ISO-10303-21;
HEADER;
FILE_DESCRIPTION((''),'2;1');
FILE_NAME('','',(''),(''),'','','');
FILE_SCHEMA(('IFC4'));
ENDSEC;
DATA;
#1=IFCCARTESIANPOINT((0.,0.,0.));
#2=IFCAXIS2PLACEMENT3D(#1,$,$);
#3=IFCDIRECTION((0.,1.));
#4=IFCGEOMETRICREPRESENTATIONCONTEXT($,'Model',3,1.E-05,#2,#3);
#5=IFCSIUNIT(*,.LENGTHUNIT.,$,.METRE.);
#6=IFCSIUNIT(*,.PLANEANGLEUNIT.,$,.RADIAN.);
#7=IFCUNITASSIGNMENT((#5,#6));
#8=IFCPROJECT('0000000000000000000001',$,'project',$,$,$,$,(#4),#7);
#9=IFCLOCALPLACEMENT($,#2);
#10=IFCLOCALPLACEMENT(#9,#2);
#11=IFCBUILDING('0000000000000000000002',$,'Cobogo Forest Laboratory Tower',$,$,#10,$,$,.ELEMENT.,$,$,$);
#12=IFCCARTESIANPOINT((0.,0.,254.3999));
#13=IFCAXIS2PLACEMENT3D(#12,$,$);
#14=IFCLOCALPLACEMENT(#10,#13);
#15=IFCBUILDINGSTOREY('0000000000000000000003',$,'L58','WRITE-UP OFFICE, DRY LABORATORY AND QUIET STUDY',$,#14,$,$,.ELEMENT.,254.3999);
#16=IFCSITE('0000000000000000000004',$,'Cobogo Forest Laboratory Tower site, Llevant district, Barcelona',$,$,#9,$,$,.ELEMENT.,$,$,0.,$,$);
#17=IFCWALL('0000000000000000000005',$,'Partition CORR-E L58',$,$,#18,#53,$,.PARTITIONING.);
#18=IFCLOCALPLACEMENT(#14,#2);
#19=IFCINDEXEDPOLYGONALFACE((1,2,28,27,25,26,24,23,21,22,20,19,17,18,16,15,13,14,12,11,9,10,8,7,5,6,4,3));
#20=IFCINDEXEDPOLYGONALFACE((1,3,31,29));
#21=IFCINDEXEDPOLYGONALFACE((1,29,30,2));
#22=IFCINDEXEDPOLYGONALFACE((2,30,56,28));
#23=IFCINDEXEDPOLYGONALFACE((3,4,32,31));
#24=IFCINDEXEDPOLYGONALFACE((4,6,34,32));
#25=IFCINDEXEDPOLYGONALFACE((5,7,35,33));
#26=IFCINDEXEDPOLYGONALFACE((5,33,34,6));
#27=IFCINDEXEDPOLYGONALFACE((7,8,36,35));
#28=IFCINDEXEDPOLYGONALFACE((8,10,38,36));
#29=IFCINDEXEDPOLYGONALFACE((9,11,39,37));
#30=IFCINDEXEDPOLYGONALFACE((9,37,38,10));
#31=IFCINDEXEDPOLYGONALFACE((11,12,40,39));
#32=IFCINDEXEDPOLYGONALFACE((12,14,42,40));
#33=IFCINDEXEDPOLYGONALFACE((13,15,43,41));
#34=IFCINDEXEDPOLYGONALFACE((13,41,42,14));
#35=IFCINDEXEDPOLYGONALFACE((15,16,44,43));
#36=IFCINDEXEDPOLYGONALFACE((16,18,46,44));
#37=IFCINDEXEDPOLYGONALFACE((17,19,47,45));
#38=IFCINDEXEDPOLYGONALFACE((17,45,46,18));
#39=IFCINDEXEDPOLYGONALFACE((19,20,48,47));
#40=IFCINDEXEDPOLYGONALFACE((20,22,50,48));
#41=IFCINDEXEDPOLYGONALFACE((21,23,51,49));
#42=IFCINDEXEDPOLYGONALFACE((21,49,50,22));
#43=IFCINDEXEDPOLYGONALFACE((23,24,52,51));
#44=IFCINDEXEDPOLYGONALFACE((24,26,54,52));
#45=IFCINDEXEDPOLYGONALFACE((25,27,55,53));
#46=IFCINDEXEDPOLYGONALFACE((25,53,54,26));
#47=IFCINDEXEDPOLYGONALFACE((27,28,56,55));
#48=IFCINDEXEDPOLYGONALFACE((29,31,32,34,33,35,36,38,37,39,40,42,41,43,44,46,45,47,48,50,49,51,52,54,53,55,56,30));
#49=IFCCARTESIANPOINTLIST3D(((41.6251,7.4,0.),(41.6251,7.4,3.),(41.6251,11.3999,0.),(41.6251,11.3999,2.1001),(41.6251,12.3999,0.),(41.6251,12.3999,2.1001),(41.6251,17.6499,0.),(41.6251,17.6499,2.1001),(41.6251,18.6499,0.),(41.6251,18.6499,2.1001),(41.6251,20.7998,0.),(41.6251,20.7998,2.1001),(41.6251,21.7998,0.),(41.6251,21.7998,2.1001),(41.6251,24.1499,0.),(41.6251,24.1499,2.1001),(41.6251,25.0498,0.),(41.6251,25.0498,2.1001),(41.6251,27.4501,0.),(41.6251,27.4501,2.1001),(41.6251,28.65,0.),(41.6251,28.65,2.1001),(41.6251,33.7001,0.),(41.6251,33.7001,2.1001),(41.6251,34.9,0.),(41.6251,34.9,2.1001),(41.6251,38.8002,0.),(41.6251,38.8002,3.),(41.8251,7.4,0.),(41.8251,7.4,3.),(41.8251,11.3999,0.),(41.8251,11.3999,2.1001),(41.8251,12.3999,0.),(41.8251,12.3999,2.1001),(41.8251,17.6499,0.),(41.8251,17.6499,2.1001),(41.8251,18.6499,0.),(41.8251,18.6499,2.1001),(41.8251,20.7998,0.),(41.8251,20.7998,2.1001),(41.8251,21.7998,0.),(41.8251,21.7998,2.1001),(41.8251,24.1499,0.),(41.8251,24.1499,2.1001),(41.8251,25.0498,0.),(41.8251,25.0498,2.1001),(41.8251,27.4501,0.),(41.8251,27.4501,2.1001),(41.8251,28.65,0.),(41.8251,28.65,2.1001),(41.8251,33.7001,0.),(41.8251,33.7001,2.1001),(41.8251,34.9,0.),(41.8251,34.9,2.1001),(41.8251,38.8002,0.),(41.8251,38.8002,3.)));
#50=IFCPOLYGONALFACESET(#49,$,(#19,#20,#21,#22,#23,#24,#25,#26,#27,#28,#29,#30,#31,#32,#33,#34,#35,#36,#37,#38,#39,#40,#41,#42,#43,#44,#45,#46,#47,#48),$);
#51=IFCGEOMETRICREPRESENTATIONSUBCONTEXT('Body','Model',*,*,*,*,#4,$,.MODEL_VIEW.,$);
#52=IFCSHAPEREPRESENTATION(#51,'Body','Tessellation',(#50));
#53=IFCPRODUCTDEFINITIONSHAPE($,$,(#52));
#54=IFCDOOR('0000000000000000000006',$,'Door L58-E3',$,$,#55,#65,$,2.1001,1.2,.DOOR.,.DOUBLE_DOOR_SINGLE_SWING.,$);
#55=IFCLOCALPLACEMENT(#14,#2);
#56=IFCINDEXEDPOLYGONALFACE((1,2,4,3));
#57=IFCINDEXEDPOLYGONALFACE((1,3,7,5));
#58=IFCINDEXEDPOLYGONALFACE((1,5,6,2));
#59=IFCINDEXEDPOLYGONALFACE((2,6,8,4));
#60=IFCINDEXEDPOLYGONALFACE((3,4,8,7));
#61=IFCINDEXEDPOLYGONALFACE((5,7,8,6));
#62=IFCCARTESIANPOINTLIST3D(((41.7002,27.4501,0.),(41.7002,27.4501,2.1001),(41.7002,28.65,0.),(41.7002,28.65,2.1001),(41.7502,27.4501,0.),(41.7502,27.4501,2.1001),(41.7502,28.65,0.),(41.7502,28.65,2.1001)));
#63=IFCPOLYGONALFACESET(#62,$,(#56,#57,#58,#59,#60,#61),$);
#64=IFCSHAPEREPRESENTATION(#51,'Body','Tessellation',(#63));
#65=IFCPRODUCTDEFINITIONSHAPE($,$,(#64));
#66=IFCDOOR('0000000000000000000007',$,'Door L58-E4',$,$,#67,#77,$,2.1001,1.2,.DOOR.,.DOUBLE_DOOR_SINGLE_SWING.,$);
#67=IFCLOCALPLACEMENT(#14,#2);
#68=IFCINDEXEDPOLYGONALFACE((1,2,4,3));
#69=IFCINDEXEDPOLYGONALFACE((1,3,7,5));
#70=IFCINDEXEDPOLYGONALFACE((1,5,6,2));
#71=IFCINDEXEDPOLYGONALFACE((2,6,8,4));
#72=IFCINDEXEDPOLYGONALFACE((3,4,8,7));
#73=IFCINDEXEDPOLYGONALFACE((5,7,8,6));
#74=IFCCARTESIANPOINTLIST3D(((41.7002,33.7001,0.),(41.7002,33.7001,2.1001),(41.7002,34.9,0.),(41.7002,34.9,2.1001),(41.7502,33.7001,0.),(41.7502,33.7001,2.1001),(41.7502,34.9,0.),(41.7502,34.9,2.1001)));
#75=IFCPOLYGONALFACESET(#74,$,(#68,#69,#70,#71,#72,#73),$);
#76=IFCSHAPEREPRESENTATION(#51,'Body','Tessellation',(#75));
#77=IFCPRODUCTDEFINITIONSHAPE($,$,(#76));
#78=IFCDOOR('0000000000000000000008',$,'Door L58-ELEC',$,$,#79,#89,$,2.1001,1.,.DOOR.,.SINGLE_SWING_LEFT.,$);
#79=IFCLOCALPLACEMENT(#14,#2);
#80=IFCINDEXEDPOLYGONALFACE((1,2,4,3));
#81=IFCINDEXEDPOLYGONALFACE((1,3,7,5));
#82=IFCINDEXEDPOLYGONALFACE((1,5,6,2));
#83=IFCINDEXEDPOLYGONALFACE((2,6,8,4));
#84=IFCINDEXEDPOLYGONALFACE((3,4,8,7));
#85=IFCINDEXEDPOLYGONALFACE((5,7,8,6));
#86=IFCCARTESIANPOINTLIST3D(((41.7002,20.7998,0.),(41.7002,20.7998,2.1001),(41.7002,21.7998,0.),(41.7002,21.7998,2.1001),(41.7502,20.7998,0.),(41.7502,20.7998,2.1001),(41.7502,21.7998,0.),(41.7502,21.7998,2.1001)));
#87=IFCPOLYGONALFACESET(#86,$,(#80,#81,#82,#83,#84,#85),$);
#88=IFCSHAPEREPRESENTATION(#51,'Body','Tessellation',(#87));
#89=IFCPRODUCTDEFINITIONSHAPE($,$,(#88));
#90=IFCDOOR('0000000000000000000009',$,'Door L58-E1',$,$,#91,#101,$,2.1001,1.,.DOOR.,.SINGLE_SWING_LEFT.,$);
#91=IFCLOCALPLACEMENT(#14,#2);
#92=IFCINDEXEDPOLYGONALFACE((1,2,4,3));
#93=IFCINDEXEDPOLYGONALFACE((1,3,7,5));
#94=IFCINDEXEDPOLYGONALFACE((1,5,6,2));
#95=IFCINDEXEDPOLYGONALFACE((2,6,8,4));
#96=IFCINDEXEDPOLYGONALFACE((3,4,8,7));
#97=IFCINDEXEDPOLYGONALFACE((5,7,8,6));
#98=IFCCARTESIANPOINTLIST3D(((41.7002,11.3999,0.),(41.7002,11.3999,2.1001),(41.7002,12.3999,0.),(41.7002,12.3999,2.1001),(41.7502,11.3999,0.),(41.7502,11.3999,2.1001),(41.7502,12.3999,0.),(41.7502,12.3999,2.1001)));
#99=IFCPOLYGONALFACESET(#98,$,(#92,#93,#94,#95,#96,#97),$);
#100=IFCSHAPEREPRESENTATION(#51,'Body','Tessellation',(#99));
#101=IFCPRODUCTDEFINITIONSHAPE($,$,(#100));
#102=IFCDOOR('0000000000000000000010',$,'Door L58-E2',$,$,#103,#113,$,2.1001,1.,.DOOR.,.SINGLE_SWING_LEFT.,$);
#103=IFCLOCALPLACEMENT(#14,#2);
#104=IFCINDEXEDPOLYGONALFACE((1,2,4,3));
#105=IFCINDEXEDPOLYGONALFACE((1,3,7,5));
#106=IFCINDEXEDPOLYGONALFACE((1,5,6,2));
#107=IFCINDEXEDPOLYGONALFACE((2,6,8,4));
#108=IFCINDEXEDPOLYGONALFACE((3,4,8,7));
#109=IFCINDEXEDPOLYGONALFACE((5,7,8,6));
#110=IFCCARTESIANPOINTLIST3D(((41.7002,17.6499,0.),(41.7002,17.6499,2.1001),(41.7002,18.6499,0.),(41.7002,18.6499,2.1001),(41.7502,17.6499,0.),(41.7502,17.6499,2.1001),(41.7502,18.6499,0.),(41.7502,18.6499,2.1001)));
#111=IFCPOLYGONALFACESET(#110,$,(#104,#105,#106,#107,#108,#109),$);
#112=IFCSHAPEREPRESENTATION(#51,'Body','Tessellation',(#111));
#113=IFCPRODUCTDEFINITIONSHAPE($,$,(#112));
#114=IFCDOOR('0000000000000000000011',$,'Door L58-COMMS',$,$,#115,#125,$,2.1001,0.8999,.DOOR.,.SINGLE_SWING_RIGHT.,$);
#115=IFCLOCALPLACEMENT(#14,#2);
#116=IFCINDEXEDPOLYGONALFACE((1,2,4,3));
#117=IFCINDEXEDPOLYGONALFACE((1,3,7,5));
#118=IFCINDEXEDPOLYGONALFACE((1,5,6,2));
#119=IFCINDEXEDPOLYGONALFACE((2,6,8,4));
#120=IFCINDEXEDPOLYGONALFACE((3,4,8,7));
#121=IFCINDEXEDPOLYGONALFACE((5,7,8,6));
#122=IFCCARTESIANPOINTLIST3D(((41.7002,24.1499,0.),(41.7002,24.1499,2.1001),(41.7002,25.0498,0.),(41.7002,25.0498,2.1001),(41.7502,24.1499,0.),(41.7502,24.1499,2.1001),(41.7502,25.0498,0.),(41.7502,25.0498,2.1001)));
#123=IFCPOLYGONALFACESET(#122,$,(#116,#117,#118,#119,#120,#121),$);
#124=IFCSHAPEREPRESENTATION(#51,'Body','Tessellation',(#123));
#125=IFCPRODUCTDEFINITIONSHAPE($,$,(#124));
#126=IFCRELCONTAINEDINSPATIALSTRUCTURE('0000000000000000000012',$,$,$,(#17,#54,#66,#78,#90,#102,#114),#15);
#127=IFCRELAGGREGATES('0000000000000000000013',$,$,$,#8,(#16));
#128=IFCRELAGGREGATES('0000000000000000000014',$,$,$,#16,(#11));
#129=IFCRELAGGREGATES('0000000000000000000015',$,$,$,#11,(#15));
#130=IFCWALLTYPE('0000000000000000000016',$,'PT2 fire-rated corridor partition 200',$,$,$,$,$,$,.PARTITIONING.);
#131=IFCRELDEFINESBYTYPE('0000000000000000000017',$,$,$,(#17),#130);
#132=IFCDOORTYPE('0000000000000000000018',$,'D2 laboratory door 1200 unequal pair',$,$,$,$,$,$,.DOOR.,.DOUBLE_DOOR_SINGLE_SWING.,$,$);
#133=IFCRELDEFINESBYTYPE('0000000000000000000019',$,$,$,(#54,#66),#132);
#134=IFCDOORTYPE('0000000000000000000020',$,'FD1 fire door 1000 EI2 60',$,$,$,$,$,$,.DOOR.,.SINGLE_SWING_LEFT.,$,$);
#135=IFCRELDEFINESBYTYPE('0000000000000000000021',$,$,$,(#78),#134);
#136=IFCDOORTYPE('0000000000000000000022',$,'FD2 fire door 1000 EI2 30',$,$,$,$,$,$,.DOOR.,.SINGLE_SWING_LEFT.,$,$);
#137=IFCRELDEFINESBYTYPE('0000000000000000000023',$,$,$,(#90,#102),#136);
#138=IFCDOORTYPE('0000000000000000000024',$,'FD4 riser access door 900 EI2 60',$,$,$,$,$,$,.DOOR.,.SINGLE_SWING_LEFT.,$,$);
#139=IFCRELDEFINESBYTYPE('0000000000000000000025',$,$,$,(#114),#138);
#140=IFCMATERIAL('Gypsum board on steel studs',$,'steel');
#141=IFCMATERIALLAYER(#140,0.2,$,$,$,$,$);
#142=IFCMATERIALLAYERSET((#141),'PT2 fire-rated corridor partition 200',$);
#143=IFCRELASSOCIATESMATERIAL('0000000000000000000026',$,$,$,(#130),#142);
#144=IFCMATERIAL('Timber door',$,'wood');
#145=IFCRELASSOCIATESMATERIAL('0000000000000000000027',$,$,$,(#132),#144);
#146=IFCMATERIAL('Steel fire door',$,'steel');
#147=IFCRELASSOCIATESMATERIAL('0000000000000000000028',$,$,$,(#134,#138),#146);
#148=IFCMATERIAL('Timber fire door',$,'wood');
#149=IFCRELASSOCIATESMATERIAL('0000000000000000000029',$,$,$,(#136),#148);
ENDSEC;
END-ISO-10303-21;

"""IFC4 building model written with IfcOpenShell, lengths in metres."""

from ifc_helpers import new_model, si_unit, direction, frame, frame_2d, origin, place, context, subcontext, project, spatial, rectangle, extrude, material, layer, layer_set, type_object, element, fill, save


model = new_model("IFC4")

# Units and contexts
model_context = context("Model", 3, precision=1e-05, world=origin(), true_north=direction((0.0, 1.0)))
body_context = subcontext(model_context, "Body", "Model", "MODEL_VIEW")
ifc_project = project(units=[si_unit("LENGTHUNIT", "METRE"), si_unit("PLANEANGLEUNIT", "RADIAN")], contexts=[model_context])

# Site, building, storey
site_placement = place(None, origin())
site = spatial("IfcSite", under=ifc_project, at=site_placement, Name="Cobogo Forest Laboratory Tower site, Llevant district, Barcelona", CompositionType="ELEMENT", RefElevation=0.0)
building_placement = place(site_placement, origin())
building = spatial("IfcBuilding", under=site, at=building_placement, Name="Cobogo Forest Laboratory Tower", CompositionType="ELEMENT")
storey_placement = place(building_placement, frame((0.0, 0.0, 254.3999)))
storey = spatial("IfcBuildingStorey", under=building, at=storey_placement, Name="L58", Description="WRITE-UP OFFICE, DRY LABORATORY AND QUIET STUDY", CompositionType="ELEMENT", Elevation=254.3999)

# Shared definitions
ifc_material_1 = material(Name="Gypsum board on steel studs", Category="steel")

# Wall, openings, doors
ifc_layer_1 = layer(ifc_material_1, 0.2)
ifc_layer_set_1 = layer_set([ifc_layer_1], Name="PT2 fire-rated corridor partition 200")
wall_type_1 = type_object("IfcWallType", Name="PT2 fire-rated corridor partition 200", PredefinedType="PARTITIONING", material=ifc_layer_set_1)
wall_1_placement = place(storey_placement, frame((41.7251, 7.3999, 0.0), z_axis=(0.0, 0.0, 1.0), x_axis=(0.0, 1.0, 0.0)))
wall_1 = element("IfcWall", 1, at=wall_1_placement, inside=storey, type_object=wall_type_1, Name="Partition CORR-E L58", PredefinedType="PARTITIONING", context=body_context, shape_type="SweptSolid", body=[
    extrude(rectangle(XDim=31.4001, YDim=0.2, at=frame_2d((15.7002, 0.0))), origin(), (0.0, 0.0, 1.0), 3.0),
])
opening_1_placement = place(wall_1_placement, frame((4.0, 0.0, 0.0)))
opening_1 = element("IfcOpeningElement", 2, at=opening_1_placement, cuts=wall_1, PredefinedType="OPENING", context=body_context, shape_type="SweptSolid", body=[
    extrude(rectangle(XDim=1.0, YDim=2.1001, at=frame_2d((0.5, 1.05))), frame((0.0, 0.1099, 0.0), z_axis=(0.0, -1.0, 0.0), x_axis=(1.0, 0.0, 0.0)), (0.0, 0.0, 1.0), 0.22),
])
opening_2_placement = place(wall_1_placement, frame((10.25, 0.0, 0.0)))
opening_2 = element("IfcOpeningElement", 3, at=opening_2_placement, cuts=wall_1, PredefinedType="OPENING", context=body_context, shape_type="SweptSolid", body=[
    extrude(rectangle(XDim=1.0, YDim=2.1001, at=frame_2d((0.5, 1.05))), frame((0.0, 0.1099, 0.0), z_axis=(0.0, -1.0, 0.0), x_axis=(1.0, 0.0, 0.0)), (0.0, 0.0, 1.0), 0.22),
])
opening_3_placement = place(wall_1_placement, frame((13.3999, 0.0, 0.0)))
opening_3 = element("IfcOpeningElement", 4, at=opening_3_placement, cuts=wall_1, PredefinedType="OPENING", context=body_context, shape_type="SweptSolid", body=[
    extrude(rectangle(XDim=1.0, YDim=2.1001, at=frame_2d((0.5, 1.05))), frame((0.0, 0.1099, 0.0), z_axis=(0.0, -1.0, 0.0), x_axis=(1.0, 0.0, 0.0)), (0.0, 0.0, 1.0), 0.22),
])
opening_4_placement = place(wall_1_placement, frame((16.75, 0.0, 0.0)))
opening_4 = element("IfcOpeningElement", 5, at=opening_4_placement, cuts=wall_1, PredefinedType="OPENING", context=body_context, shape_type="SweptSolid", body=[
    extrude(rectangle(XDim=0.8999, YDim=2.1001, at=frame_2d((0.45, 1.05))), frame((0.0, 0.1099, 0.0), z_axis=(0.0, -1.0, 0.0), x_axis=(1.0, 0.0, 0.0)), (0.0, 0.0, 1.0), 0.22),
])
opening_5_placement = place(wall_1_placement, frame((20.05, 0.0, 0.0)))
opening_5 = element("IfcOpeningElement", 6, at=opening_5_placement, cuts=wall_1, PredefinedType="OPENING", context=body_context, shape_type="SweptSolid", body=[
    extrude(rectangle(XDim=1.2, YDim=2.1001, at=frame_2d((0.6001, 1.05))), frame((0.0, 0.1099, 0.0), z_axis=(0.0, -1.0, 0.0), x_axis=(1.0, 0.0, 0.0)), (0.0, 0.0, 1.0), 0.22),
])
opening_6_placement = place(wall_1_placement, frame((26.3, 0.0, 0.0)))
opening_6 = element("IfcOpeningElement", 7, at=opening_6_placement, cuts=wall_1, PredefinedType="OPENING", context=body_context, shape_type="SweptSolid", body=[
    extrude(rectangle(XDim=1.2, YDim=2.1001, at=frame_2d((0.6001, 1.05))), frame((0.0, 0.1099, 0.0), z_axis=(0.0, -1.0, 0.0), x_axis=(1.0, 0.0, 0.0)), (0.0, 0.0, 1.0), 0.22),
])
ifc_material_2 = material(Name="Timber door", Category="wood")
door_type_1 = type_object("IfcDoorType", Name="D2 laboratory door 1200 unequal pair", OperationType="DOUBLE_DOOR_SINGLE_SWING", PredefinedType="DOOR", material=ifc_material_2)
door_1_placement = place(opening_5_placement, origin())
door_1 = element("IfcDoor", 8, at=door_1_placement, inside=storey, type_object=door_type_1, Name="Door L58-E3", OperationType="DOUBLE_DOOR_SINGLE_SWING", OverallHeight=2.1001, OverallWidth=1.2, PredefinedType="DOOR", context=body_context, shape_type="SweptSolid", body=[
    extrude(rectangle(XDim=1.2, YDim=2.1001, at=frame_2d((0.6001, 1.05))), frame((0.0, 0.0249, 0.0), z_axis=(0.0, -1.0, 0.0), x_axis=(1.0, 0.0, 0.0)), (0.0, 0.0, 1.0), 0.05),
])
fill(opening_5, door_1)
door_2_placement = place(opening_6_placement, origin())
door_2 = element("IfcDoor", 9, at=door_2_placement, inside=storey, type_object=door_type_1, Name="Door L58-E4", OperationType="DOUBLE_DOOR_SINGLE_SWING", OverallHeight=2.1001, OverallWidth=1.2, PredefinedType="DOOR", context=body_context, shape_type="SweptSolid", body=[
    extrude(rectangle(XDim=1.2, YDim=2.1001, at=frame_2d((0.6001, 1.05))), frame((0.0, 0.0249, 0.0), z_axis=(0.0, -1.0, 0.0), x_axis=(1.0, 0.0, 0.0)), (0.0, 0.0, 1.0), 0.05),
])
fill(opening_6, door_2)
ifc_material_3 = material(Name="Steel fire door", Category="steel")
door_type_2 = type_object("IfcDoorType", Name="FD1 fire door 1000 EI2 60", OperationType="SINGLE_SWING_LEFT", PredefinedType="DOOR", material=ifc_material_3)
door_3_placement = place(opening_3_placement, origin())
door_3 = element("IfcDoor", 10, at=door_3_placement, inside=storey, type_object=door_type_2, Name="Door L58-ELEC", OperationType="SINGLE_SWING_LEFT", OverallHeight=2.1001, OverallWidth=1.0, PredefinedType="DOOR", context=body_context, shape_type="SweptSolid", body=[
    extrude(rectangle(XDim=1.0, YDim=2.1001, at=frame_2d((0.5, 1.05))), frame((0.0, 0.0249, 0.0), z_axis=(0.0, -1.0, 0.0), x_axis=(1.0, 0.0, 0.0)), (0.0, 0.0, 1.0), 0.05),
])
fill(opening_3, door_3)
ifc_material_4 = material(Name="Timber fire door", Category="wood")
door_type_3 = type_object("IfcDoorType", Name="FD2 fire door 1000 EI2 30", OperationType="SINGLE_SWING_LEFT", PredefinedType="DOOR", material=ifc_material_4)
door_4_placement = place(opening_1_placement, origin())
door_4 = element("IfcDoor", 11, at=door_4_placement, inside=storey, type_object=door_type_3, Name="Door L58-E1", OperationType="SINGLE_SWING_LEFT", OverallHeight=2.1001, OverallWidth=1.0, PredefinedType="DOOR", context=body_context, shape_type="SweptSolid", body=[
    extrude(rectangle(XDim=1.0, YDim=2.1001, at=frame_2d((0.5, 1.05))), frame((0.0, 0.0249, 0.0), z_axis=(0.0, -1.0, 0.0), x_axis=(1.0, 0.0, 0.0)), (0.0, 0.0, 1.0), 0.05),
])
fill(opening_1, door_4)
door_5_placement = place(opening_2_placement, origin())
door_5 = element("IfcDoor", 12, at=door_5_placement, inside=storey, type_object=door_type_3, Name="Door L58-E2", OperationType="SINGLE_SWING_LEFT", OverallHeight=2.1001, OverallWidth=1.0, PredefinedType="DOOR", context=body_context, shape_type="SweptSolid", body=[
    extrude(rectangle(XDim=1.0, YDim=2.1001, at=frame_2d((0.5, 1.05))), frame((0.0, 0.0249, 0.0), z_axis=(0.0, -1.0, 0.0), x_axis=(1.0, 0.0, 0.0)), (0.0, 0.0, 1.0), 0.05),
])
fill(opening_2, door_5)
door_type_4 = type_object("IfcDoorType", Name="FD4 riser access door 900 EI2 60", OperationType="SINGLE_SWING_LEFT", PredefinedType="DOOR", material=ifc_material_3)
door_6_placement = place(opening_4_placement, origin())
door_6 = element("IfcDoor", 13, at=door_6_placement, inside=storey, type_object=door_type_4, Name="Door L58-COMMS", OperationType="SINGLE_SWING_RIGHT", OverallHeight=2.1001, OverallWidth=0.8999, PredefinedType="DOOR", context=body_context, shape_type="SweptSolid", body=[
    extrude(rectangle(XDim=0.8999, YDim=2.1001, at=frame_2d((0.45, 1.05))), frame((0.0, 0.0249, 0.0), z_axis=(0.0, -1.0, 0.0), x_axis=(1.0, 0.0, 0.0)), (0.0, 0.0, 1.0), 0.05),
])
fill(opening_4, door_6)

save(model, "model.ifc")
